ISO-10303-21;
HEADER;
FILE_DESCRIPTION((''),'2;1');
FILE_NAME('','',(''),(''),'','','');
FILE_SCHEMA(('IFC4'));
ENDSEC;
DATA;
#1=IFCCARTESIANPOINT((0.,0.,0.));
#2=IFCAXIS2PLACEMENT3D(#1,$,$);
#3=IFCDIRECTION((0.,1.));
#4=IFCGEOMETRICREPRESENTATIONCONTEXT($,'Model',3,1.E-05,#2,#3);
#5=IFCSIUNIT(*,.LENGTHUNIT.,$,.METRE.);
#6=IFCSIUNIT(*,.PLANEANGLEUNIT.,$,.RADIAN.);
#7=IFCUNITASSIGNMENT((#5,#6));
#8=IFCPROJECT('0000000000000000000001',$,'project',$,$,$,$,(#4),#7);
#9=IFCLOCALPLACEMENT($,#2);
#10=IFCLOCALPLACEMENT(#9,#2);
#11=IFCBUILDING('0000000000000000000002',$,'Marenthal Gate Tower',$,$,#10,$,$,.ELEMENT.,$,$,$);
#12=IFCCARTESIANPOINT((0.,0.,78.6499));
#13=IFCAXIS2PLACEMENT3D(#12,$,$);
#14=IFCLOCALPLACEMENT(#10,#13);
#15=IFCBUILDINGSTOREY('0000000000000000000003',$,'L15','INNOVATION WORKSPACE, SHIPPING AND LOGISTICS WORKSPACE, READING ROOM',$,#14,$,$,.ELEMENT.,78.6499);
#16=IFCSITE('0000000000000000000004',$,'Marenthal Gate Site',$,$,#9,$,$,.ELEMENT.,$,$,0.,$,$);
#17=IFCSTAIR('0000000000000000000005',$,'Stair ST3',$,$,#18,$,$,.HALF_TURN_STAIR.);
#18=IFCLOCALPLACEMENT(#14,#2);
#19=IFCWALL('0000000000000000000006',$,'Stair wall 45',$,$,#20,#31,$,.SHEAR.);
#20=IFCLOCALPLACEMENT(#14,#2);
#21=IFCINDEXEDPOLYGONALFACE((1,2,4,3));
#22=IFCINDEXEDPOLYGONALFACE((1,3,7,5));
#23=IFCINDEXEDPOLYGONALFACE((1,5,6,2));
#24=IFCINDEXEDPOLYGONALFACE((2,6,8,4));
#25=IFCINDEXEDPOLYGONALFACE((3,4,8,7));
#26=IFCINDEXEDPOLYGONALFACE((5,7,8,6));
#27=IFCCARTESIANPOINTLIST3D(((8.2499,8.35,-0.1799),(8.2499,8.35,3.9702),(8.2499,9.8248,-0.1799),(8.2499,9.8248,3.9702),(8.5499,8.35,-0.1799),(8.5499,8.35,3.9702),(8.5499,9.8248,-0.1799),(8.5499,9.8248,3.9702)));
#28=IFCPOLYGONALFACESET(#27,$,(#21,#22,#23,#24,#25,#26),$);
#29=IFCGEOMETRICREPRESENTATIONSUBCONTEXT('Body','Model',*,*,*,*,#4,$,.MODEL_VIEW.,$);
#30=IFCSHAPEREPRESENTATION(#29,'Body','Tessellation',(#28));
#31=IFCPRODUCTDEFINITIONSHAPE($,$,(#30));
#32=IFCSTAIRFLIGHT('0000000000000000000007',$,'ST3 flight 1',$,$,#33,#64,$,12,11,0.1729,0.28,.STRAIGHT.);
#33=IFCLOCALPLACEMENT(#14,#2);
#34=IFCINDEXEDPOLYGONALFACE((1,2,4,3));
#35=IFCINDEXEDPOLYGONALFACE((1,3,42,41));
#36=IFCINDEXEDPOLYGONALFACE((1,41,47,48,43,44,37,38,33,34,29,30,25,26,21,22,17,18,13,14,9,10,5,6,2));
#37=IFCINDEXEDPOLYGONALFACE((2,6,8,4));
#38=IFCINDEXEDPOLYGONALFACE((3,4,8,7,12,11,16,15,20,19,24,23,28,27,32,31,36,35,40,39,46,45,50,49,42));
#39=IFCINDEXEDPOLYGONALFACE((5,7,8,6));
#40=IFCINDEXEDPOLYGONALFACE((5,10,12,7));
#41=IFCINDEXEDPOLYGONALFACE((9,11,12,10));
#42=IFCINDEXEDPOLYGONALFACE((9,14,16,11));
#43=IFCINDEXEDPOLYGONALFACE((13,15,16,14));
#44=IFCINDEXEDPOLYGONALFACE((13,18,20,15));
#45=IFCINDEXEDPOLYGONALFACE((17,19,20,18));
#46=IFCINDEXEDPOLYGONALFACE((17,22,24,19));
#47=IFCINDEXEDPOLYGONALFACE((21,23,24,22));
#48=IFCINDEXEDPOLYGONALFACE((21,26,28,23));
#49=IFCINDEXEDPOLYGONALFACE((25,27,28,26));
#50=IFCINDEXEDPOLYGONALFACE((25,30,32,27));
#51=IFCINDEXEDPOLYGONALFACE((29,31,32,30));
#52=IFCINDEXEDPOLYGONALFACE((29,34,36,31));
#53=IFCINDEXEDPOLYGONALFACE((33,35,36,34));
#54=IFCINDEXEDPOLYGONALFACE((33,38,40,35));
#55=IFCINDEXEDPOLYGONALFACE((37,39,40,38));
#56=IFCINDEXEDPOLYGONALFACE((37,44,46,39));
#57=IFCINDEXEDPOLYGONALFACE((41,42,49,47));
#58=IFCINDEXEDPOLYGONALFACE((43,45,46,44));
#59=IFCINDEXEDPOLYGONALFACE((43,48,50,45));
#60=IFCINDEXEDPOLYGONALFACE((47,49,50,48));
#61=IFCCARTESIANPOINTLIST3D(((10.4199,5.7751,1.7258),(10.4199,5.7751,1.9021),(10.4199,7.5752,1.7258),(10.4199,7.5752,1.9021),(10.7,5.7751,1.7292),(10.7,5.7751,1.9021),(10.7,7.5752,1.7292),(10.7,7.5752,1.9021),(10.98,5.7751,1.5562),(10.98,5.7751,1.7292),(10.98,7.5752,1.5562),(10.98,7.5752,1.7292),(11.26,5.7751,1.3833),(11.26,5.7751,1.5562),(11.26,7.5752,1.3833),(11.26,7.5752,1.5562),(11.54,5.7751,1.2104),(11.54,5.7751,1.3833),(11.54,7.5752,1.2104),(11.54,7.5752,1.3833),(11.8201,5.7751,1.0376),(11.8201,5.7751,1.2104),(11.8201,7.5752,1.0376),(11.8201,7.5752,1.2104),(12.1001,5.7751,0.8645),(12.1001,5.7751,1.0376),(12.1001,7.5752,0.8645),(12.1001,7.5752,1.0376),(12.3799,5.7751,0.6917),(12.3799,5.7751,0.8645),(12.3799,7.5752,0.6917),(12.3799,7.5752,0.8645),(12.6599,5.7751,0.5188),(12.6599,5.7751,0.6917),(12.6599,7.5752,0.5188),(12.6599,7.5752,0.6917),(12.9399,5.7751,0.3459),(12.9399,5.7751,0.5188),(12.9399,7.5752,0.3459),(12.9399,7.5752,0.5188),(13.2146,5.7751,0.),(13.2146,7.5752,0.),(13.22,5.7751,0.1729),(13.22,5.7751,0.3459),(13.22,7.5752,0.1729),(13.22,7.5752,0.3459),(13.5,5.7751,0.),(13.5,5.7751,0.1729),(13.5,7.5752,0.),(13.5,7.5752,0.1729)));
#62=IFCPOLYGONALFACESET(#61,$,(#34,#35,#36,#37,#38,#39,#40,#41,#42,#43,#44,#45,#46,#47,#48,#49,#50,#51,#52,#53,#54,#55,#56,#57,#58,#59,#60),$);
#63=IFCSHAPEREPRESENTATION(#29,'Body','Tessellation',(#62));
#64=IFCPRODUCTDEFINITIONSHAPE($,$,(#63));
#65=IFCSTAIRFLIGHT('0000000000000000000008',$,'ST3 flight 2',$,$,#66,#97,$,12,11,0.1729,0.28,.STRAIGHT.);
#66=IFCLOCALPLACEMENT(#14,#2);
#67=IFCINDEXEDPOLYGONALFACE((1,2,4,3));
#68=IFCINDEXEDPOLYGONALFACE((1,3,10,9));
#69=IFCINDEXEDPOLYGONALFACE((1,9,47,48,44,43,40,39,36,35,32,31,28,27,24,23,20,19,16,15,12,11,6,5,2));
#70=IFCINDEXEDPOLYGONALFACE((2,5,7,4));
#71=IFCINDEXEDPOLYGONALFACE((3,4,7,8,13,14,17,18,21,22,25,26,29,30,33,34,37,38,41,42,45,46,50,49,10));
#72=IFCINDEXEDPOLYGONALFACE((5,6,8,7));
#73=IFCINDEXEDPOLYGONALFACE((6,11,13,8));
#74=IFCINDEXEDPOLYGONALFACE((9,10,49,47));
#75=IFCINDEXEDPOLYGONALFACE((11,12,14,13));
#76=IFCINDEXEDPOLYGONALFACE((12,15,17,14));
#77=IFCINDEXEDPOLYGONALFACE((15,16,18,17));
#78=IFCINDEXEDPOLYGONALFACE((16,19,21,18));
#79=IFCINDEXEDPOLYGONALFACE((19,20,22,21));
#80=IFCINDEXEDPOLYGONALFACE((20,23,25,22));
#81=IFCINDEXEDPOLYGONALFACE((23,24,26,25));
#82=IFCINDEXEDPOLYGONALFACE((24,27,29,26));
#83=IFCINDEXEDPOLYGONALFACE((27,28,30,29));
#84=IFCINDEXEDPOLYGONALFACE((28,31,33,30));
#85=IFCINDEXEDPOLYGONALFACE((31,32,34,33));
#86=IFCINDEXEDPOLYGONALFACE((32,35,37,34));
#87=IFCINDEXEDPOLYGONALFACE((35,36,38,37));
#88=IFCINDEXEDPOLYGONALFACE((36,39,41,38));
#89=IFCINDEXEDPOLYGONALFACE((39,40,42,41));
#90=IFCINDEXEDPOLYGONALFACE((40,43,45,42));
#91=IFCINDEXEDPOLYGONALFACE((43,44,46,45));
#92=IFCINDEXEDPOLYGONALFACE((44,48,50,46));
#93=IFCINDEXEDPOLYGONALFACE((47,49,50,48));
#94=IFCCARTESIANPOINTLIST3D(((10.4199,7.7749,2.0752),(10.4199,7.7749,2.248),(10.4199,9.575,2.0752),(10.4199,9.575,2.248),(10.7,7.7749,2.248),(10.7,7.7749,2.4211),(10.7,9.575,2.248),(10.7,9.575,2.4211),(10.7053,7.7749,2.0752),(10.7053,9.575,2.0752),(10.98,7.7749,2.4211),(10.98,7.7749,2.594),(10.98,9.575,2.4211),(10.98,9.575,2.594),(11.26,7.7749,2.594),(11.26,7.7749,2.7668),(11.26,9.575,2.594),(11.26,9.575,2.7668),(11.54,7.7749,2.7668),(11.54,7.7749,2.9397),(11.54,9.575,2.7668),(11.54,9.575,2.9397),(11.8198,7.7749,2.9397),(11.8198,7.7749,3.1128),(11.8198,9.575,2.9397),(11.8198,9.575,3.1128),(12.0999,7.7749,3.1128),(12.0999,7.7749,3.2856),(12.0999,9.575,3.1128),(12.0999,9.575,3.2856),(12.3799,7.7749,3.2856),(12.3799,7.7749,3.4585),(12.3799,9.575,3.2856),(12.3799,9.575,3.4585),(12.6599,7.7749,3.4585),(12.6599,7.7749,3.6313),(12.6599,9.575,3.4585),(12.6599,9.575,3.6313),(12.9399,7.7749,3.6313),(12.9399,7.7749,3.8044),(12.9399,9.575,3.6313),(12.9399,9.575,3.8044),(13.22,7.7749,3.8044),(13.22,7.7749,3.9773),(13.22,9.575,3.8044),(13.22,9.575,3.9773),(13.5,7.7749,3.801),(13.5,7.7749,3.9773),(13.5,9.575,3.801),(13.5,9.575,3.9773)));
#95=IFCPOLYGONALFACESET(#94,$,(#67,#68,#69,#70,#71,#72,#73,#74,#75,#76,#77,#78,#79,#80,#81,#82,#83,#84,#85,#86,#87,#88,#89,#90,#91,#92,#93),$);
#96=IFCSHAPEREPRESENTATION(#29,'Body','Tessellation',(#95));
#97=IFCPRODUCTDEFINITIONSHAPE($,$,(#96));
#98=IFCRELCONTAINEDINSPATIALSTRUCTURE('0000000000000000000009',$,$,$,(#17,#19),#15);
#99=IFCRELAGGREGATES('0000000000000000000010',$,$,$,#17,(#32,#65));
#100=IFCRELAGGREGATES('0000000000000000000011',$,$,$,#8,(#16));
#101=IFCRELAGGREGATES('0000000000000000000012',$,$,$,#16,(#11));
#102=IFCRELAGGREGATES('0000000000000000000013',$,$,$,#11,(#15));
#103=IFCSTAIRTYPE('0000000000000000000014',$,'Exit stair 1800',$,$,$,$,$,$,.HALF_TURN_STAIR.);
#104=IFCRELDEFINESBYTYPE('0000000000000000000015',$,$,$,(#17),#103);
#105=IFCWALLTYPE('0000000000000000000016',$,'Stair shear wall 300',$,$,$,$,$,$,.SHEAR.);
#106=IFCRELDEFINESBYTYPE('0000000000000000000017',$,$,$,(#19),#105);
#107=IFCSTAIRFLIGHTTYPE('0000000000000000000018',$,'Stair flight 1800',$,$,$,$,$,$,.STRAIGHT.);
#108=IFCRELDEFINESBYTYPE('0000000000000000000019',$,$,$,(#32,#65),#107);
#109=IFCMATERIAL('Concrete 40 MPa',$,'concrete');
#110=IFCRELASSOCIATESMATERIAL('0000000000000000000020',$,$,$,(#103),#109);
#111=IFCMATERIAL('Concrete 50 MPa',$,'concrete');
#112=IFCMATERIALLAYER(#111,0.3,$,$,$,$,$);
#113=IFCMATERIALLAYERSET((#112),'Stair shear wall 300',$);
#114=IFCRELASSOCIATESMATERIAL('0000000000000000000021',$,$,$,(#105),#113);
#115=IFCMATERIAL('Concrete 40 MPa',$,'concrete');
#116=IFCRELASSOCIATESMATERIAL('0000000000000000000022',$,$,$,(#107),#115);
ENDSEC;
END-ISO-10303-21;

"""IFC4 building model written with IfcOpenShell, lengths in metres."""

from ifc_helpers import new_model, si_unit, direction, frame, frame_2d, origin, place, context, subcontext, project, spatial, polyline, rectangle, outline, extrude, material, layer, layer_set, type_object, element, aggregate, save


model = new_model("IFC4")

# Units and contexts
model_context = context("Model", 3, precision=1e-05, world=origin(), true_north=direction((0.0, 1.0)))
body_context = subcontext(model_context, "Body", "Model", "MODEL_VIEW")
ifc_project = project(units=[si_unit("LENGTHUNIT", "METRE"), si_unit("PLANEANGLEUNIT", "RADIAN")], contexts=[model_context])

# Site, building, storey
site_placement = place(None, origin())
site = spatial("IfcSite", under=ifc_project, at=site_placement, Name="Marenthal Gate Site", CompositionType="ELEMENT", RefElevation=0.0)
building_placement = place(site_placement, origin())
building = spatial("IfcBuilding", under=site, at=building_placement, Name="Marenthal Gate Tower", CompositionType="ELEMENT")
storey_placement = place(building_placement, frame((0.0, 0.0, 78.6499)))
storey = spatial("IfcBuildingStorey", under=building, at=storey_placement, Name="L15", Description="INNOVATION WORKSPACE, SHIPPING AND LOGISTICS WORKSPACE, READING ROOM", CompositionType="ELEMENT", Elevation=78.6499)

# Stair
ifc_material_1 = material(Name="Concrete 40 MPa", Category="concrete")
stair_type = type_object("IfcStairType", Name="Exit stair 1800", PredefinedType="HALF_TURN_STAIR", material=ifc_material_1)
stair_1_placement = place(storey_placement, origin())
stair_1 = element("IfcStair", 1, at=stair_1_placement, inside=storey, type_object=stair_type, Name="Stair ST3", PredefinedType="HALF_TURN_STAIR")

# Wall
ifc_material_2 = material(Name="Concrete 50 MPa", Category="concrete")
ifc_layer_1 = layer(ifc_material_2, 0.3)
ifc_layer_set_1 = layer_set([ifc_layer_1], Name="Stair shear wall 300")
wall_type_1 = type_object("IfcWallType", Name="Stair shear wall 300", PredefinedType="SHEAR", material=ifc_layer_set_1)
wall_1_placement = place(storey_placement, frame((8.3999, 8.3501, -0.1799), z_axis=(0.0, 0.0, 1.0), x_axis=(0.0, 1.0, 0.0)))
element("IfcWall", 2, at=wall_1_placement, inside=storey, type_object=wall_type_1, Name="Stair wall 45", PredefinedType="SHEAR", context=body_context, shape_type="SweptSolid", body=[
    extrude(rectangle(XDim=1.4749, YDim=0.3, at=frame_2d((0.7373, 0.0))), origin(), (0.0, 0.0, 1.0), 4.1501),
])

# Stair flights
ifc_material_3 = material(Name="Concrete 40 MPa", Category="concrete")
stair_flight_type = type_object("IfcStairFlightType", Name="Stair flight 1800", PredefinedType="STRAIGHT", material=ifc_material_3)
stair_flight_1_placement = place(storey_placement, frame((13.5, 6.675, 0.0), z_axis=(0.0, 0.0, 1.0), x_axis=(-1.0, 0.0, 0.0)))
stair_flight_1 = element("IfcStairFlight", 3, at=stair_flight_1_placement, type_object=stair_flight_type, Name="ST3 flight 1", NumberOfRisers=12, NumberOfTreads=11, PredefinedType="STRAIGHT", RiserHeight=0.1729, TreadLength=0.28, context=body_context, shape_type="SweptSolid", body=[
    extrude(outline(polyline([(0.0, 0.0), (0.0, 0.1729), (0.28, 0.1729), (0.28, 0.3459), (0.5601, 0.3459), (0.5601, 0.5188), (0.8401, 0.5188), (0.8401, 0.6917), (1.1201, 0.6917), (1.1201, 0.8645), (1.3999, 0.8645), (1.3999, 1.0376), (1.6799, 1.0376), (1.6799, 1.2104), (1.96, 1.2104), (1.96, 1.3833), (2.24, 1.3833), (2.24, 1.5562), (2.52, 1.5562), (2.52, 1.7292), (2.8, 1.7292), (2.8, 1.9021), (3.0801, 1.9021), (3.0801, 2.075), (3.0801, 1.7258), (0.2854, 0.0), (0.0, 0.0)])), frame((0.0, 0.8999, 0.0), z_axis=(0.0, -1.0, 0.0), x_axis=(1.0, 0.0, 0.0)), (0.0, 0.0, 1.0), 1.8),
])
stair_flight_2_placement = place(storey_placement, frame((10.4199, 8.675, 2.0752), z_axis=(0.0, 0.0, 1.0), x_axis=(1.0, 0.0, 0.0)))
stair_flight_2 = element("IfcStairFlight", 4, at=stair_flight_2_placement, type_object=stair_flight_type, Name="ST3 flight 2", NumberOfRisers=12, NumberOfTreads=11, PredefinedType="STRAIGHT", RiserHeight=0.1729, TreadLength=0.28, context=body_context, shape_type="SweptSolid", body=[
    extrude(outline(polyline([(0.0, 0.0), (0.0, 0.1729), (0.28, 0.1729), (0.28, 0.3459), (0.5601, 0.3459), (0.5601, 0.5188), (0.8401, 0.5188), (0.8401, 0.6917), (1.1201, 0.6917), (1.1201, 0.8645), (1.3999, 0.8645), (1.3999, 1.0376), (1.6799, 1.0376), (1.6799, 1.2104), (1.96, 1.2104), (1.96, 1.3833), (2.24, 1.3833), (2.24, 1.5562), (2.52, 1.5562), (2.52, 1.7292), (2.8, 1.7292), (2.8, 1.9021), (3.0801, 1.9021), (3.0801, 2.075), (3.0801, 1.7258), (0.2854, 0.0), (0.0, 0.0)])), frame((0.0, 0.8999, 0.0), z_axis=(0.0, -1.0, 0.0), x_axis=(1.0, 0.0, 0.0)), (0.0, 0.0, 1.0), 1.8),
])
aggregate(stair_1, [stair_flight_1, stair_flight_2])

save(model, "model.ifc")
